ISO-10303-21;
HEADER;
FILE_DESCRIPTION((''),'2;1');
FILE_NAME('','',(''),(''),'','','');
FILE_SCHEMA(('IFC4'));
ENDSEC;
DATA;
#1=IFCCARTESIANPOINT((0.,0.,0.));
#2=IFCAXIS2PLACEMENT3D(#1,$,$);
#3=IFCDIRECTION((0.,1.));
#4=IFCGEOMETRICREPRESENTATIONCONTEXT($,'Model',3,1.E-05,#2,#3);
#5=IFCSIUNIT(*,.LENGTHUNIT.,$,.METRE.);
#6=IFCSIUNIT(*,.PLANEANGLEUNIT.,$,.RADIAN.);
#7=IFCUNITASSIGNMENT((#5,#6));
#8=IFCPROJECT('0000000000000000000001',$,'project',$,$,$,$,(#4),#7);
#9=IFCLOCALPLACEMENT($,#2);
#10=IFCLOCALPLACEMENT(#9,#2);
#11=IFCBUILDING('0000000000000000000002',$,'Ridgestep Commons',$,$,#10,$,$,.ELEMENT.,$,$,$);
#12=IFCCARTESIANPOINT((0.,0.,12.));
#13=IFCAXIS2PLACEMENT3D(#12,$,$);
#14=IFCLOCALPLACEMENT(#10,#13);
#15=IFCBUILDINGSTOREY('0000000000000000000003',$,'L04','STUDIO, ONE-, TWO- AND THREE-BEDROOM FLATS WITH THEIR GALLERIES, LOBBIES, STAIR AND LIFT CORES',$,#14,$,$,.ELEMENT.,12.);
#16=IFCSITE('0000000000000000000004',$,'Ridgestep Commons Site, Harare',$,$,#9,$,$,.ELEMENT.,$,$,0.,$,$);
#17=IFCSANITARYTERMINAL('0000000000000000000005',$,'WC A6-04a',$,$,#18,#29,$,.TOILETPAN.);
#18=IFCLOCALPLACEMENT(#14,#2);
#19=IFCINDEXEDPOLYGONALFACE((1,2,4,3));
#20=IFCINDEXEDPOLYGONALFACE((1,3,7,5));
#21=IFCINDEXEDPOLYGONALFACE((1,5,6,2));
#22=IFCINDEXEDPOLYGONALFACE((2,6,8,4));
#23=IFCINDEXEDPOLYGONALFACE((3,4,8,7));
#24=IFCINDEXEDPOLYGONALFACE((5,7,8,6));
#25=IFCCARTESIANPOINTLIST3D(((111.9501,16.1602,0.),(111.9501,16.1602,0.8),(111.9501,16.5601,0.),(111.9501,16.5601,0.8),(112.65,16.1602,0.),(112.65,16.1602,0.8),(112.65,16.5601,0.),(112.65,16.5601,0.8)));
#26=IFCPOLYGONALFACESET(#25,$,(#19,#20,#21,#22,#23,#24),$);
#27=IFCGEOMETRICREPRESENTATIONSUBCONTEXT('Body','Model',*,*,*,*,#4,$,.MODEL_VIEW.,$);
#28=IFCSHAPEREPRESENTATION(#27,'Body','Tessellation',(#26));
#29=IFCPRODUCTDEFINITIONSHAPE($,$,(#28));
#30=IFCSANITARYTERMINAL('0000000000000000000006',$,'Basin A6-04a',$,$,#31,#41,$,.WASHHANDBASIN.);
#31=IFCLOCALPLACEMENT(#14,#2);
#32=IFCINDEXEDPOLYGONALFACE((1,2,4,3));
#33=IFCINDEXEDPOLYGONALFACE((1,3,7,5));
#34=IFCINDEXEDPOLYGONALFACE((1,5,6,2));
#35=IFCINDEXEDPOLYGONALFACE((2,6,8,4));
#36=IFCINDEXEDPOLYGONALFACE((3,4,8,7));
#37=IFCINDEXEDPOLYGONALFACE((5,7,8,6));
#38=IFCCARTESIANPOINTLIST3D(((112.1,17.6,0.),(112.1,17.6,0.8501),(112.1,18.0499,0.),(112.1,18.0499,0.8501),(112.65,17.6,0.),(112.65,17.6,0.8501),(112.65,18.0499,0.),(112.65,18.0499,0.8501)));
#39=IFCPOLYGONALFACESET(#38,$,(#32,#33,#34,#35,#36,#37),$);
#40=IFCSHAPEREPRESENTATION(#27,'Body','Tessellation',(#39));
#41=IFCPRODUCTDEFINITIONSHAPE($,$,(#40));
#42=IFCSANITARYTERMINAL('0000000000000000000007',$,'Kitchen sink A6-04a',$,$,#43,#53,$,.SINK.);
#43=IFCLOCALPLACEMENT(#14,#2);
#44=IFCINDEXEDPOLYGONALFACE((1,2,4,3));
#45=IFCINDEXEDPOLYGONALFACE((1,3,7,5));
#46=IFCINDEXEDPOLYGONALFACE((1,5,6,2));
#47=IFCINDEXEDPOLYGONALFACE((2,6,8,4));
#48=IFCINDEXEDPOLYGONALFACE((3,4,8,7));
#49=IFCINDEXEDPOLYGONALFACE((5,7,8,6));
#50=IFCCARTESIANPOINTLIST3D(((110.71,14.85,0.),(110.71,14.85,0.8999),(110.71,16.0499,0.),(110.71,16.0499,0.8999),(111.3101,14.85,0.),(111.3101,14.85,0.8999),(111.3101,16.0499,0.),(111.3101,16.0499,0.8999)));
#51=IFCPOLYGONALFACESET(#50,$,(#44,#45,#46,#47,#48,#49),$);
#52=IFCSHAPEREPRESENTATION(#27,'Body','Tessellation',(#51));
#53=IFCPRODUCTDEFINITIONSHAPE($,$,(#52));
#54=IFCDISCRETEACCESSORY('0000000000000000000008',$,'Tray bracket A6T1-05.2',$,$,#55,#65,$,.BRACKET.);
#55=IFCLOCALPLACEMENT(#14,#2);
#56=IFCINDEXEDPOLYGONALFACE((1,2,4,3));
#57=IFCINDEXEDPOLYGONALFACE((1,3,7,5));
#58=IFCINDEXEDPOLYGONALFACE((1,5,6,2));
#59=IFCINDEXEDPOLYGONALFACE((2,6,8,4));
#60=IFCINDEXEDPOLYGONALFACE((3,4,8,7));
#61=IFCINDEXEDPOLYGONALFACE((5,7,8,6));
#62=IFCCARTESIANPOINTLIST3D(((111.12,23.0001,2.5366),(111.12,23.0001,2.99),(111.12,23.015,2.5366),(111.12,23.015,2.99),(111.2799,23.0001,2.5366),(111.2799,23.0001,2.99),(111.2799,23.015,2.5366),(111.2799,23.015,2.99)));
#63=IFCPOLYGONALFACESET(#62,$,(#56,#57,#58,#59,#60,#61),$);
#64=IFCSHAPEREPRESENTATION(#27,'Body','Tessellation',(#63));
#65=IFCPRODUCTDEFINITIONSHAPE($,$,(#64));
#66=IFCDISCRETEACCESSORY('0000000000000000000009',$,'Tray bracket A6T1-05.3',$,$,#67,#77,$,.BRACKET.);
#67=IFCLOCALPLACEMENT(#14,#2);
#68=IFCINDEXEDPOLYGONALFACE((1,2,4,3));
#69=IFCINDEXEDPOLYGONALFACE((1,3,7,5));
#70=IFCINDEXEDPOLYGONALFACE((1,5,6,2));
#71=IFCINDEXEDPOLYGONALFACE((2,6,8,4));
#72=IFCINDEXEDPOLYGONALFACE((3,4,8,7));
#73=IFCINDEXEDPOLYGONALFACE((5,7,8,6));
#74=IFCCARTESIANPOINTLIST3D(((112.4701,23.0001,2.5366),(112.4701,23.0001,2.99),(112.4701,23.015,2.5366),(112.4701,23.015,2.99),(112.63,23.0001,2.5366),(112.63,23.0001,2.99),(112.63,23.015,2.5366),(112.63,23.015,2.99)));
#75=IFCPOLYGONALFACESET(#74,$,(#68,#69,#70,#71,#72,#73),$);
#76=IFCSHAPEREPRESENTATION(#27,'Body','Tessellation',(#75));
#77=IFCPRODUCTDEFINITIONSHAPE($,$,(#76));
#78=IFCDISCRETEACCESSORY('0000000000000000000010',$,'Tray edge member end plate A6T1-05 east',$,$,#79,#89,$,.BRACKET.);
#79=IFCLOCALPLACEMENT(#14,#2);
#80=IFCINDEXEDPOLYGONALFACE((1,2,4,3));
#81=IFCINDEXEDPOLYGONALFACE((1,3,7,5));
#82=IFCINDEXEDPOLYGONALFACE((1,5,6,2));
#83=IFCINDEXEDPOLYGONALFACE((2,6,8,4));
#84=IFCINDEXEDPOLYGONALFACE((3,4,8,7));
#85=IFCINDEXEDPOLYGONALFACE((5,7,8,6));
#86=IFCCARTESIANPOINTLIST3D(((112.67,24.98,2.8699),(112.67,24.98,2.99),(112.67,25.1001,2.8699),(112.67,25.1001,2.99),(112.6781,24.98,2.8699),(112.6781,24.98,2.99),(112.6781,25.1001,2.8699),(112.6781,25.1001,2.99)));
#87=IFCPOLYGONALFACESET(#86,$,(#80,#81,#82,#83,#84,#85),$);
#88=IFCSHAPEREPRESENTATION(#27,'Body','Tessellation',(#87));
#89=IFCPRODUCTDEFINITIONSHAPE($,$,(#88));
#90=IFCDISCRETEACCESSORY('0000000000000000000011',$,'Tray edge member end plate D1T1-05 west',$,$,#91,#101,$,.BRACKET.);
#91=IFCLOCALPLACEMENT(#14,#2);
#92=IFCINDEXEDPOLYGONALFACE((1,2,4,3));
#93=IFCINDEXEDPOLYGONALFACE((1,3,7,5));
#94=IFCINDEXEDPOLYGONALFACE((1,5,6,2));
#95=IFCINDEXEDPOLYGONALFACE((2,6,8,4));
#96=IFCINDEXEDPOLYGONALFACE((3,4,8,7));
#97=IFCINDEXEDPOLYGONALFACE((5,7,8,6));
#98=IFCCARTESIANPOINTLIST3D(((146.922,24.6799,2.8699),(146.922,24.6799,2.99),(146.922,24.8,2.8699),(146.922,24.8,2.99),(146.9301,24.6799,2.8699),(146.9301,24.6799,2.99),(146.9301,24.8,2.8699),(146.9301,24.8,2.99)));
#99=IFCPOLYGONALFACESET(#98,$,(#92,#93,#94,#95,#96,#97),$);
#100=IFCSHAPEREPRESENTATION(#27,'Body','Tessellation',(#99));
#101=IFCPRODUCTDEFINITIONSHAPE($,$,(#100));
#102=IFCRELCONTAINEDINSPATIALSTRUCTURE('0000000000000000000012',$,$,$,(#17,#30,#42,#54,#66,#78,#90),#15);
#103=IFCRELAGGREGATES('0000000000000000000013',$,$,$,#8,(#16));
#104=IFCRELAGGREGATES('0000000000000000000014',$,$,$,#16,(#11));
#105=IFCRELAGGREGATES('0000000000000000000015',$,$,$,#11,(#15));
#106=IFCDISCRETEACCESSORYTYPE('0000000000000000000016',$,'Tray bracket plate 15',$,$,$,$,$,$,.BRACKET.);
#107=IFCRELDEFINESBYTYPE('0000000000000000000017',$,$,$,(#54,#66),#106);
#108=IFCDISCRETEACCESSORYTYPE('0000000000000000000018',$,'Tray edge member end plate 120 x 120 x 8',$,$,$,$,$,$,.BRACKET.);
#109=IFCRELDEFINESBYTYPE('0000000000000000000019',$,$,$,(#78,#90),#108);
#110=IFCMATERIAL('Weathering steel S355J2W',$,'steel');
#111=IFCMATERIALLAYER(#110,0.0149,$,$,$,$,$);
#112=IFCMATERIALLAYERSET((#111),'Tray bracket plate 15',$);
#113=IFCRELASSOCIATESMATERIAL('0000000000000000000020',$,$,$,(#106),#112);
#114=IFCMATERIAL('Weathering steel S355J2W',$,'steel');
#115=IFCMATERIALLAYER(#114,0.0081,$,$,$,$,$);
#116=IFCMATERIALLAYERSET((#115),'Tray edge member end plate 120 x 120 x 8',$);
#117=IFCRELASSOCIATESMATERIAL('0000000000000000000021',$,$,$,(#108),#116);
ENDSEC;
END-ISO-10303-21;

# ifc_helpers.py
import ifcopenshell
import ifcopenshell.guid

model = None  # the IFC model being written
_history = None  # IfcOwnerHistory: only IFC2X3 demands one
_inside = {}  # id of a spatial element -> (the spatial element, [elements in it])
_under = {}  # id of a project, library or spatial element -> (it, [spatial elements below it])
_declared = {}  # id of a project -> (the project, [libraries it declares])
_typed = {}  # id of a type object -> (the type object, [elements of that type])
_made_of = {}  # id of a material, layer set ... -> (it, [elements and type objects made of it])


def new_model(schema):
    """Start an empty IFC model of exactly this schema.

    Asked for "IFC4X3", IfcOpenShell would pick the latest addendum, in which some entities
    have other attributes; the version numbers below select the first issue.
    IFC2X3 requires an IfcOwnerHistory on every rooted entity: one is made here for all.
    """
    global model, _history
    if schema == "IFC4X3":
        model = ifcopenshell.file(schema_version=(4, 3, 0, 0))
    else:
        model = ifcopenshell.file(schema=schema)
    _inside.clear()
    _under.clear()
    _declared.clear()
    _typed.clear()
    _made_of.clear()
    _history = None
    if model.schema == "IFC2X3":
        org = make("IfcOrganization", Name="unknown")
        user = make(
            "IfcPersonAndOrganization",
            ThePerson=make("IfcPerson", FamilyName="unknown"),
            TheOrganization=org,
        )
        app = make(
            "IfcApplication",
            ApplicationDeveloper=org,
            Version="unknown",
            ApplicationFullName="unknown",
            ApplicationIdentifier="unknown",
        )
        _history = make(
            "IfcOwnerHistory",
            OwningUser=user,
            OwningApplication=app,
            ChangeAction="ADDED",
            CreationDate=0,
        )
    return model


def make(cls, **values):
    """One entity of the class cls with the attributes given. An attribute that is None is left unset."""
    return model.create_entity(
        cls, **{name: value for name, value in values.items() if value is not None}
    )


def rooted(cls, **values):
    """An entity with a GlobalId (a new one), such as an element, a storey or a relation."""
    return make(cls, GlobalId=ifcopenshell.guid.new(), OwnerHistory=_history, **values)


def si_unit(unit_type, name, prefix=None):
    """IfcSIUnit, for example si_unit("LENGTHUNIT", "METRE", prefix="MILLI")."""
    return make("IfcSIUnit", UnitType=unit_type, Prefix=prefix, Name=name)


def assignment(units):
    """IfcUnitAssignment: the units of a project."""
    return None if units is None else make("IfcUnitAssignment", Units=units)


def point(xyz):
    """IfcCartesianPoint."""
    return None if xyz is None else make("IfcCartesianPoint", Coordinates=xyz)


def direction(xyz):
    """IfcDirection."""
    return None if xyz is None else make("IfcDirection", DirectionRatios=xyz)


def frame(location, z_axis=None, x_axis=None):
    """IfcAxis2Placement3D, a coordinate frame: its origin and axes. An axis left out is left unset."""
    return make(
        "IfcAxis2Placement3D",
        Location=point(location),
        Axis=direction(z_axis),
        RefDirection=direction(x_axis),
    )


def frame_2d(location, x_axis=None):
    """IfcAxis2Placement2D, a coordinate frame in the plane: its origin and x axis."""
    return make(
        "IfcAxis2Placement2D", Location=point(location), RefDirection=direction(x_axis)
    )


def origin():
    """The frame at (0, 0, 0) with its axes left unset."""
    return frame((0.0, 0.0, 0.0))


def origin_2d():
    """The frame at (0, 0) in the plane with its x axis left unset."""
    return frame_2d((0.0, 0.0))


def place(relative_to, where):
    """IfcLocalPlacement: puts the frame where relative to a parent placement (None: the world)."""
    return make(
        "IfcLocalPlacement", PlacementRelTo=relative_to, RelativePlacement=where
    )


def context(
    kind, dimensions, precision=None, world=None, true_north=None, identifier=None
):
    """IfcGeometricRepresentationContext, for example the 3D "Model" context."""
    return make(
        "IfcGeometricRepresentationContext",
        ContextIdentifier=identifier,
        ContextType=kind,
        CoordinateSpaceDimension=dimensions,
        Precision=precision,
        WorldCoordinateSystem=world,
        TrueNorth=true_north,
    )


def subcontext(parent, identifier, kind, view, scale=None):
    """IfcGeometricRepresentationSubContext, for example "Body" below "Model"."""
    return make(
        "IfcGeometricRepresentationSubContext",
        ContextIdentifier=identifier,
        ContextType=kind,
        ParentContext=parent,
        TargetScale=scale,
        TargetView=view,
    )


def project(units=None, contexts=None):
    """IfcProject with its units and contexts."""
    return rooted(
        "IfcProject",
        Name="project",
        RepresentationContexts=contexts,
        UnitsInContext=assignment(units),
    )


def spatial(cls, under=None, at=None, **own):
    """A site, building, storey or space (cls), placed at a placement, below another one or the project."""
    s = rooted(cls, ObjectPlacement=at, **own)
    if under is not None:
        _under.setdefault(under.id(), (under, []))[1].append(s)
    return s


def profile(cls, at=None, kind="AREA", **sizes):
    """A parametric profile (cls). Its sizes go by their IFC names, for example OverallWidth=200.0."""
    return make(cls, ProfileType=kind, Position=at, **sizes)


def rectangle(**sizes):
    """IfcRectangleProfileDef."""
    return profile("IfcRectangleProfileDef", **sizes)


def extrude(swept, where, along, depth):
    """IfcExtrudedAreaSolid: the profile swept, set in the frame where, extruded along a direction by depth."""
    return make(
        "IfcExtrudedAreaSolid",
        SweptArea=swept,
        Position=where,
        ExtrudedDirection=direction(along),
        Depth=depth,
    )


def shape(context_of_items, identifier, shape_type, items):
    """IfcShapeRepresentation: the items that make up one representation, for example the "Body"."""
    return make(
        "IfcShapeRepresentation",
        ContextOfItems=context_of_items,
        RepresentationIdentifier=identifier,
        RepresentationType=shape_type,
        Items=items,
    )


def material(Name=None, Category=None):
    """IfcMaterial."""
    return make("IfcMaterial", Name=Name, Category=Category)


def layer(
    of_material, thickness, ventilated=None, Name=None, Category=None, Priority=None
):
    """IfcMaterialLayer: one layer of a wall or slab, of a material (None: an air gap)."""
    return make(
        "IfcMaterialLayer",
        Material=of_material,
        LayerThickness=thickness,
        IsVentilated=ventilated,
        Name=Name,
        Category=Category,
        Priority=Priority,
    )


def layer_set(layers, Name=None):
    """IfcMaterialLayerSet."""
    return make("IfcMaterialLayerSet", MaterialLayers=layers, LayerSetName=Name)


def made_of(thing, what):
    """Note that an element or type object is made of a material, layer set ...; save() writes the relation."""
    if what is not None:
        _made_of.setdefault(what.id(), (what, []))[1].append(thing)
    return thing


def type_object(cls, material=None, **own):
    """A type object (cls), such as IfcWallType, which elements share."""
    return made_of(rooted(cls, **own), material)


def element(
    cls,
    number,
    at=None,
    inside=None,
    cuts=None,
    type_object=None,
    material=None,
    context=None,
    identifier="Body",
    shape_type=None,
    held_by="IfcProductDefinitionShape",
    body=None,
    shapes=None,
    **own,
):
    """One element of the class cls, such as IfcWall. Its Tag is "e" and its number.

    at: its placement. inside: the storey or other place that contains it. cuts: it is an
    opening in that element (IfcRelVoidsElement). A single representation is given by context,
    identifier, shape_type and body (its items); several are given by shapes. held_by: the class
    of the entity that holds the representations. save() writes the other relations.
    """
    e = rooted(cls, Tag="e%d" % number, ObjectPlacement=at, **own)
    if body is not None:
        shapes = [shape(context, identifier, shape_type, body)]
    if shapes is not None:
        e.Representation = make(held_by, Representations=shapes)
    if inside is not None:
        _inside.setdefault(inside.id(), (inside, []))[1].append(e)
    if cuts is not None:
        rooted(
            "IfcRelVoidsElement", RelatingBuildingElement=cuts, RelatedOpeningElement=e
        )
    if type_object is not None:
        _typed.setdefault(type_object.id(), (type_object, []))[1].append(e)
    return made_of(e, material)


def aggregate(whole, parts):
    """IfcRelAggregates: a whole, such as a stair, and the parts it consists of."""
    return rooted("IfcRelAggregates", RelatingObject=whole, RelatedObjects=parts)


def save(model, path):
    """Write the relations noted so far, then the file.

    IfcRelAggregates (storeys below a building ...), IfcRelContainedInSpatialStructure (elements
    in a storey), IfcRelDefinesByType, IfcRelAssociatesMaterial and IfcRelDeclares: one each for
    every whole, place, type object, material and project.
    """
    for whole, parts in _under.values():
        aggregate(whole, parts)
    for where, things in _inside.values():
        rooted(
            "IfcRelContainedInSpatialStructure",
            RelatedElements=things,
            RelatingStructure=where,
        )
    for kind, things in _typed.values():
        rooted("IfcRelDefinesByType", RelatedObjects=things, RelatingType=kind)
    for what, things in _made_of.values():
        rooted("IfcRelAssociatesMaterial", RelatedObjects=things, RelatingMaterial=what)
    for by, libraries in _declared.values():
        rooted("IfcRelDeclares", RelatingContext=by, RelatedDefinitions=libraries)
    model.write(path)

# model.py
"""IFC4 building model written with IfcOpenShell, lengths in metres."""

from ifc_helpers import new_model, si_unit, direction, frame, origin, origin_2d, place, context, subcontext, project, spatial, rectangle, extrude, material, layer, layer_set, type_object, element, save


model = new_model("IFC4")

# Units and contexts
model_context = context("Model", 3, precision=1e-05, world=origin(), true_north=direction((0.0, 1.0)))
body_context = subcontext(model_context, "Body", "Model", "MODEL_VIEW")
ifc_project = project(units=[si_unit("LENGTHUNIT", "METRE"), si_unit("PLANEANGLEUNIT", "RADIAN")], contexts=[model_context])

# Site, building, storey
site_placement = place(None, origin())
site = spatial("IfcSite", under=ifc_project, at=site_placement, Name="Ridgestep Commons Site, Harare", CompositionType="ELEMENT", RefElevation=0.0)
building_placement = place(site_placement, origin())
building = spatial("IfcBuilding", under=site, at=building_placement, Name="Ridgestep Commons", CompositionType="ELEMENT")
storey_placement = place(building_placement, frame((0.0, 0.0, 12.0)))
storey = spatial("IfcBuildingStorey", under=building, at=storey_placement, Name="L04", Description="STUDIO, ONE-, TWO- AND THREE-BEDROOM FLATS WITH THEIR GALLERIES, LOBBIES, STAIR AND LIFT CORES", CompositionType="ELEMENT", Elevation=12.0)

# Sanitary terminals
sanitary_terminal_1_placement = place(storey_placement, frame((112.3, 16.3601, 0.0), z_axis=(0.0, 0.0, 1.0), x_axis=(1.0, 0.0, 0.0)))
element("IfcSanitaryTerminal", 1, at=sanitary_terminal_1_placement, inside=storey, Name="WC A6-04a", PredefinedType="TOILETPAN", context=body_context, shape_type="SweptSolid", body=[
    extrude(rectangle(XDim=0.7, YDim=0.3999, at=origin_2d()), origin(), (0.0, 0.0, 1.0), 0.8),
])
sanitary_terminal_2_placement = place(storey_placement, frame((112.375, 17.825, 0.0), z_axis=(0.0, 0.0, 1.0), x_axis=(1.0, 0.0, 0.0)))
element("IfcSanitaryTerminal", 2, at=sanitary_terminal_2_placement, inside=storey, Name="Basin A6-04a", PredefinedType="WASHHANDBASIN", context=body_context, shape_type="SweptSolid", body=[
    extrude(rectangle(XDim=0.55, YDim=0.45, at=origin_2d()), origin(), (0.0, 0.0, 1.0), 0.8501),
])
sanitary_terminal_3_placement = place(storey_placement, frame((111.01, 15.45, 0.0), z_axis=(0.0, 0.0, 1.0), x_axis=(1.0, 0.0, 0.0)))
element("IfcSanitaryTerminal", 3, at=sanitary_terminal_3_placement, inside=storey, Name="Kitchen sink A6-04a", PredefinedType="SINK", context=body_context, shape_type="SweptSolid", body=[
    extrude(rectangle(XDim=0.6001, YDim=1.2, at=origin_2d()), origin(), (0.0, 0.0, 1.0), 0.8999),
])

# Discrete accessories
ifc_material_1 = material(Name="Weathering steel S355J2W", Category="steel")
ifc_layer_1 = layer(ifc_material_1, 0.0149)
ifc_layer_set_1 = layer_set([ifc_layer_1], Name="Tray bracket plate 15")
discrete_accessory_type_1 = type_object("IfcDiscreteAccessoryType", Name="Tray bracket plate 15", PredefinedType="BRACKET", material=ifc_layer_set_1)
for number, where, z_axis, x_axis, name in (
    (4, (111.2, 23.0076, 2.5366), (0.0, 0.0, 1.0), (1.0, 0.0, 0.0), "Tray bracket A6T1-05.2"),
    (5, (112.55, 23.0076, 2.5366), (0.0, 0.0, 1.0), (1.0, 0.0, 0.0), "Tray bracket A6T1-05.3"),
):
    element("IfcDiscreteAccessory", number, at=place(storey_placement, frame(where, z_axis=z_axis, x_axis=x_axis)), inside=storey, type_object=discrete_accessory_type_1, Name=name, PredefinedType="BRACKET", context=body_context, shape_type="SweptSolid", body=[
        extrude(rectangle(XDim=0.1599, YDim=0.0149, at=origin_2d()), origin(), (0.0, 0.0, 1.0), 0.4534),
    ])
ifc_material_2 = material(Name="Weathering steel S355J2W", Category="steel")
ifc_layer_2 = layer(ifc_material_2, 0.0081)
ifc_layer_set_2 = layer_set([ifc_layer_2], Name="Tray edge member end plate 120 x 120 x 8")
discrete_accessory_type_2 = type_object("IfcDiscreteAccessoryType", Name="Tray edge member end plate 120 x 120 x 8", PredefinedType="BRACKET", material=ifc_layer_set_2)
for number, where, z_axis, x_axis, name in (
    (6, (112.6741, 25.04, 2.8699), (0.0, 0.0, 1.0), (1.0, 0.0, 0.0), "Tray edge member end plate A6T1-05 east"),
    (7, (146.926, 24.74, 2.8699), (0.0, 0.0, 1.0), (1.0, 0.0, 0.0), "Tray edge member end plate D1T1-05 west"),
):
    element("IfcDiscreteAccessory", number, at=place(storey_placement, frame(where, z_axis=z_axis, x_axis=x_axis)), inside=storey, type_object=discrete_accessory_type_2, Name=name, PredefinedType="BRACKET", context=body_context, shape_type="SweptSolid", body=[
        extrude(rectangle(XDim=0.0081, YDim=0.1201, at=origin_2d()), origin(), (0.0, 0.0, 1.0), 0.1201),
    ])

save(model, "model.ifc")
